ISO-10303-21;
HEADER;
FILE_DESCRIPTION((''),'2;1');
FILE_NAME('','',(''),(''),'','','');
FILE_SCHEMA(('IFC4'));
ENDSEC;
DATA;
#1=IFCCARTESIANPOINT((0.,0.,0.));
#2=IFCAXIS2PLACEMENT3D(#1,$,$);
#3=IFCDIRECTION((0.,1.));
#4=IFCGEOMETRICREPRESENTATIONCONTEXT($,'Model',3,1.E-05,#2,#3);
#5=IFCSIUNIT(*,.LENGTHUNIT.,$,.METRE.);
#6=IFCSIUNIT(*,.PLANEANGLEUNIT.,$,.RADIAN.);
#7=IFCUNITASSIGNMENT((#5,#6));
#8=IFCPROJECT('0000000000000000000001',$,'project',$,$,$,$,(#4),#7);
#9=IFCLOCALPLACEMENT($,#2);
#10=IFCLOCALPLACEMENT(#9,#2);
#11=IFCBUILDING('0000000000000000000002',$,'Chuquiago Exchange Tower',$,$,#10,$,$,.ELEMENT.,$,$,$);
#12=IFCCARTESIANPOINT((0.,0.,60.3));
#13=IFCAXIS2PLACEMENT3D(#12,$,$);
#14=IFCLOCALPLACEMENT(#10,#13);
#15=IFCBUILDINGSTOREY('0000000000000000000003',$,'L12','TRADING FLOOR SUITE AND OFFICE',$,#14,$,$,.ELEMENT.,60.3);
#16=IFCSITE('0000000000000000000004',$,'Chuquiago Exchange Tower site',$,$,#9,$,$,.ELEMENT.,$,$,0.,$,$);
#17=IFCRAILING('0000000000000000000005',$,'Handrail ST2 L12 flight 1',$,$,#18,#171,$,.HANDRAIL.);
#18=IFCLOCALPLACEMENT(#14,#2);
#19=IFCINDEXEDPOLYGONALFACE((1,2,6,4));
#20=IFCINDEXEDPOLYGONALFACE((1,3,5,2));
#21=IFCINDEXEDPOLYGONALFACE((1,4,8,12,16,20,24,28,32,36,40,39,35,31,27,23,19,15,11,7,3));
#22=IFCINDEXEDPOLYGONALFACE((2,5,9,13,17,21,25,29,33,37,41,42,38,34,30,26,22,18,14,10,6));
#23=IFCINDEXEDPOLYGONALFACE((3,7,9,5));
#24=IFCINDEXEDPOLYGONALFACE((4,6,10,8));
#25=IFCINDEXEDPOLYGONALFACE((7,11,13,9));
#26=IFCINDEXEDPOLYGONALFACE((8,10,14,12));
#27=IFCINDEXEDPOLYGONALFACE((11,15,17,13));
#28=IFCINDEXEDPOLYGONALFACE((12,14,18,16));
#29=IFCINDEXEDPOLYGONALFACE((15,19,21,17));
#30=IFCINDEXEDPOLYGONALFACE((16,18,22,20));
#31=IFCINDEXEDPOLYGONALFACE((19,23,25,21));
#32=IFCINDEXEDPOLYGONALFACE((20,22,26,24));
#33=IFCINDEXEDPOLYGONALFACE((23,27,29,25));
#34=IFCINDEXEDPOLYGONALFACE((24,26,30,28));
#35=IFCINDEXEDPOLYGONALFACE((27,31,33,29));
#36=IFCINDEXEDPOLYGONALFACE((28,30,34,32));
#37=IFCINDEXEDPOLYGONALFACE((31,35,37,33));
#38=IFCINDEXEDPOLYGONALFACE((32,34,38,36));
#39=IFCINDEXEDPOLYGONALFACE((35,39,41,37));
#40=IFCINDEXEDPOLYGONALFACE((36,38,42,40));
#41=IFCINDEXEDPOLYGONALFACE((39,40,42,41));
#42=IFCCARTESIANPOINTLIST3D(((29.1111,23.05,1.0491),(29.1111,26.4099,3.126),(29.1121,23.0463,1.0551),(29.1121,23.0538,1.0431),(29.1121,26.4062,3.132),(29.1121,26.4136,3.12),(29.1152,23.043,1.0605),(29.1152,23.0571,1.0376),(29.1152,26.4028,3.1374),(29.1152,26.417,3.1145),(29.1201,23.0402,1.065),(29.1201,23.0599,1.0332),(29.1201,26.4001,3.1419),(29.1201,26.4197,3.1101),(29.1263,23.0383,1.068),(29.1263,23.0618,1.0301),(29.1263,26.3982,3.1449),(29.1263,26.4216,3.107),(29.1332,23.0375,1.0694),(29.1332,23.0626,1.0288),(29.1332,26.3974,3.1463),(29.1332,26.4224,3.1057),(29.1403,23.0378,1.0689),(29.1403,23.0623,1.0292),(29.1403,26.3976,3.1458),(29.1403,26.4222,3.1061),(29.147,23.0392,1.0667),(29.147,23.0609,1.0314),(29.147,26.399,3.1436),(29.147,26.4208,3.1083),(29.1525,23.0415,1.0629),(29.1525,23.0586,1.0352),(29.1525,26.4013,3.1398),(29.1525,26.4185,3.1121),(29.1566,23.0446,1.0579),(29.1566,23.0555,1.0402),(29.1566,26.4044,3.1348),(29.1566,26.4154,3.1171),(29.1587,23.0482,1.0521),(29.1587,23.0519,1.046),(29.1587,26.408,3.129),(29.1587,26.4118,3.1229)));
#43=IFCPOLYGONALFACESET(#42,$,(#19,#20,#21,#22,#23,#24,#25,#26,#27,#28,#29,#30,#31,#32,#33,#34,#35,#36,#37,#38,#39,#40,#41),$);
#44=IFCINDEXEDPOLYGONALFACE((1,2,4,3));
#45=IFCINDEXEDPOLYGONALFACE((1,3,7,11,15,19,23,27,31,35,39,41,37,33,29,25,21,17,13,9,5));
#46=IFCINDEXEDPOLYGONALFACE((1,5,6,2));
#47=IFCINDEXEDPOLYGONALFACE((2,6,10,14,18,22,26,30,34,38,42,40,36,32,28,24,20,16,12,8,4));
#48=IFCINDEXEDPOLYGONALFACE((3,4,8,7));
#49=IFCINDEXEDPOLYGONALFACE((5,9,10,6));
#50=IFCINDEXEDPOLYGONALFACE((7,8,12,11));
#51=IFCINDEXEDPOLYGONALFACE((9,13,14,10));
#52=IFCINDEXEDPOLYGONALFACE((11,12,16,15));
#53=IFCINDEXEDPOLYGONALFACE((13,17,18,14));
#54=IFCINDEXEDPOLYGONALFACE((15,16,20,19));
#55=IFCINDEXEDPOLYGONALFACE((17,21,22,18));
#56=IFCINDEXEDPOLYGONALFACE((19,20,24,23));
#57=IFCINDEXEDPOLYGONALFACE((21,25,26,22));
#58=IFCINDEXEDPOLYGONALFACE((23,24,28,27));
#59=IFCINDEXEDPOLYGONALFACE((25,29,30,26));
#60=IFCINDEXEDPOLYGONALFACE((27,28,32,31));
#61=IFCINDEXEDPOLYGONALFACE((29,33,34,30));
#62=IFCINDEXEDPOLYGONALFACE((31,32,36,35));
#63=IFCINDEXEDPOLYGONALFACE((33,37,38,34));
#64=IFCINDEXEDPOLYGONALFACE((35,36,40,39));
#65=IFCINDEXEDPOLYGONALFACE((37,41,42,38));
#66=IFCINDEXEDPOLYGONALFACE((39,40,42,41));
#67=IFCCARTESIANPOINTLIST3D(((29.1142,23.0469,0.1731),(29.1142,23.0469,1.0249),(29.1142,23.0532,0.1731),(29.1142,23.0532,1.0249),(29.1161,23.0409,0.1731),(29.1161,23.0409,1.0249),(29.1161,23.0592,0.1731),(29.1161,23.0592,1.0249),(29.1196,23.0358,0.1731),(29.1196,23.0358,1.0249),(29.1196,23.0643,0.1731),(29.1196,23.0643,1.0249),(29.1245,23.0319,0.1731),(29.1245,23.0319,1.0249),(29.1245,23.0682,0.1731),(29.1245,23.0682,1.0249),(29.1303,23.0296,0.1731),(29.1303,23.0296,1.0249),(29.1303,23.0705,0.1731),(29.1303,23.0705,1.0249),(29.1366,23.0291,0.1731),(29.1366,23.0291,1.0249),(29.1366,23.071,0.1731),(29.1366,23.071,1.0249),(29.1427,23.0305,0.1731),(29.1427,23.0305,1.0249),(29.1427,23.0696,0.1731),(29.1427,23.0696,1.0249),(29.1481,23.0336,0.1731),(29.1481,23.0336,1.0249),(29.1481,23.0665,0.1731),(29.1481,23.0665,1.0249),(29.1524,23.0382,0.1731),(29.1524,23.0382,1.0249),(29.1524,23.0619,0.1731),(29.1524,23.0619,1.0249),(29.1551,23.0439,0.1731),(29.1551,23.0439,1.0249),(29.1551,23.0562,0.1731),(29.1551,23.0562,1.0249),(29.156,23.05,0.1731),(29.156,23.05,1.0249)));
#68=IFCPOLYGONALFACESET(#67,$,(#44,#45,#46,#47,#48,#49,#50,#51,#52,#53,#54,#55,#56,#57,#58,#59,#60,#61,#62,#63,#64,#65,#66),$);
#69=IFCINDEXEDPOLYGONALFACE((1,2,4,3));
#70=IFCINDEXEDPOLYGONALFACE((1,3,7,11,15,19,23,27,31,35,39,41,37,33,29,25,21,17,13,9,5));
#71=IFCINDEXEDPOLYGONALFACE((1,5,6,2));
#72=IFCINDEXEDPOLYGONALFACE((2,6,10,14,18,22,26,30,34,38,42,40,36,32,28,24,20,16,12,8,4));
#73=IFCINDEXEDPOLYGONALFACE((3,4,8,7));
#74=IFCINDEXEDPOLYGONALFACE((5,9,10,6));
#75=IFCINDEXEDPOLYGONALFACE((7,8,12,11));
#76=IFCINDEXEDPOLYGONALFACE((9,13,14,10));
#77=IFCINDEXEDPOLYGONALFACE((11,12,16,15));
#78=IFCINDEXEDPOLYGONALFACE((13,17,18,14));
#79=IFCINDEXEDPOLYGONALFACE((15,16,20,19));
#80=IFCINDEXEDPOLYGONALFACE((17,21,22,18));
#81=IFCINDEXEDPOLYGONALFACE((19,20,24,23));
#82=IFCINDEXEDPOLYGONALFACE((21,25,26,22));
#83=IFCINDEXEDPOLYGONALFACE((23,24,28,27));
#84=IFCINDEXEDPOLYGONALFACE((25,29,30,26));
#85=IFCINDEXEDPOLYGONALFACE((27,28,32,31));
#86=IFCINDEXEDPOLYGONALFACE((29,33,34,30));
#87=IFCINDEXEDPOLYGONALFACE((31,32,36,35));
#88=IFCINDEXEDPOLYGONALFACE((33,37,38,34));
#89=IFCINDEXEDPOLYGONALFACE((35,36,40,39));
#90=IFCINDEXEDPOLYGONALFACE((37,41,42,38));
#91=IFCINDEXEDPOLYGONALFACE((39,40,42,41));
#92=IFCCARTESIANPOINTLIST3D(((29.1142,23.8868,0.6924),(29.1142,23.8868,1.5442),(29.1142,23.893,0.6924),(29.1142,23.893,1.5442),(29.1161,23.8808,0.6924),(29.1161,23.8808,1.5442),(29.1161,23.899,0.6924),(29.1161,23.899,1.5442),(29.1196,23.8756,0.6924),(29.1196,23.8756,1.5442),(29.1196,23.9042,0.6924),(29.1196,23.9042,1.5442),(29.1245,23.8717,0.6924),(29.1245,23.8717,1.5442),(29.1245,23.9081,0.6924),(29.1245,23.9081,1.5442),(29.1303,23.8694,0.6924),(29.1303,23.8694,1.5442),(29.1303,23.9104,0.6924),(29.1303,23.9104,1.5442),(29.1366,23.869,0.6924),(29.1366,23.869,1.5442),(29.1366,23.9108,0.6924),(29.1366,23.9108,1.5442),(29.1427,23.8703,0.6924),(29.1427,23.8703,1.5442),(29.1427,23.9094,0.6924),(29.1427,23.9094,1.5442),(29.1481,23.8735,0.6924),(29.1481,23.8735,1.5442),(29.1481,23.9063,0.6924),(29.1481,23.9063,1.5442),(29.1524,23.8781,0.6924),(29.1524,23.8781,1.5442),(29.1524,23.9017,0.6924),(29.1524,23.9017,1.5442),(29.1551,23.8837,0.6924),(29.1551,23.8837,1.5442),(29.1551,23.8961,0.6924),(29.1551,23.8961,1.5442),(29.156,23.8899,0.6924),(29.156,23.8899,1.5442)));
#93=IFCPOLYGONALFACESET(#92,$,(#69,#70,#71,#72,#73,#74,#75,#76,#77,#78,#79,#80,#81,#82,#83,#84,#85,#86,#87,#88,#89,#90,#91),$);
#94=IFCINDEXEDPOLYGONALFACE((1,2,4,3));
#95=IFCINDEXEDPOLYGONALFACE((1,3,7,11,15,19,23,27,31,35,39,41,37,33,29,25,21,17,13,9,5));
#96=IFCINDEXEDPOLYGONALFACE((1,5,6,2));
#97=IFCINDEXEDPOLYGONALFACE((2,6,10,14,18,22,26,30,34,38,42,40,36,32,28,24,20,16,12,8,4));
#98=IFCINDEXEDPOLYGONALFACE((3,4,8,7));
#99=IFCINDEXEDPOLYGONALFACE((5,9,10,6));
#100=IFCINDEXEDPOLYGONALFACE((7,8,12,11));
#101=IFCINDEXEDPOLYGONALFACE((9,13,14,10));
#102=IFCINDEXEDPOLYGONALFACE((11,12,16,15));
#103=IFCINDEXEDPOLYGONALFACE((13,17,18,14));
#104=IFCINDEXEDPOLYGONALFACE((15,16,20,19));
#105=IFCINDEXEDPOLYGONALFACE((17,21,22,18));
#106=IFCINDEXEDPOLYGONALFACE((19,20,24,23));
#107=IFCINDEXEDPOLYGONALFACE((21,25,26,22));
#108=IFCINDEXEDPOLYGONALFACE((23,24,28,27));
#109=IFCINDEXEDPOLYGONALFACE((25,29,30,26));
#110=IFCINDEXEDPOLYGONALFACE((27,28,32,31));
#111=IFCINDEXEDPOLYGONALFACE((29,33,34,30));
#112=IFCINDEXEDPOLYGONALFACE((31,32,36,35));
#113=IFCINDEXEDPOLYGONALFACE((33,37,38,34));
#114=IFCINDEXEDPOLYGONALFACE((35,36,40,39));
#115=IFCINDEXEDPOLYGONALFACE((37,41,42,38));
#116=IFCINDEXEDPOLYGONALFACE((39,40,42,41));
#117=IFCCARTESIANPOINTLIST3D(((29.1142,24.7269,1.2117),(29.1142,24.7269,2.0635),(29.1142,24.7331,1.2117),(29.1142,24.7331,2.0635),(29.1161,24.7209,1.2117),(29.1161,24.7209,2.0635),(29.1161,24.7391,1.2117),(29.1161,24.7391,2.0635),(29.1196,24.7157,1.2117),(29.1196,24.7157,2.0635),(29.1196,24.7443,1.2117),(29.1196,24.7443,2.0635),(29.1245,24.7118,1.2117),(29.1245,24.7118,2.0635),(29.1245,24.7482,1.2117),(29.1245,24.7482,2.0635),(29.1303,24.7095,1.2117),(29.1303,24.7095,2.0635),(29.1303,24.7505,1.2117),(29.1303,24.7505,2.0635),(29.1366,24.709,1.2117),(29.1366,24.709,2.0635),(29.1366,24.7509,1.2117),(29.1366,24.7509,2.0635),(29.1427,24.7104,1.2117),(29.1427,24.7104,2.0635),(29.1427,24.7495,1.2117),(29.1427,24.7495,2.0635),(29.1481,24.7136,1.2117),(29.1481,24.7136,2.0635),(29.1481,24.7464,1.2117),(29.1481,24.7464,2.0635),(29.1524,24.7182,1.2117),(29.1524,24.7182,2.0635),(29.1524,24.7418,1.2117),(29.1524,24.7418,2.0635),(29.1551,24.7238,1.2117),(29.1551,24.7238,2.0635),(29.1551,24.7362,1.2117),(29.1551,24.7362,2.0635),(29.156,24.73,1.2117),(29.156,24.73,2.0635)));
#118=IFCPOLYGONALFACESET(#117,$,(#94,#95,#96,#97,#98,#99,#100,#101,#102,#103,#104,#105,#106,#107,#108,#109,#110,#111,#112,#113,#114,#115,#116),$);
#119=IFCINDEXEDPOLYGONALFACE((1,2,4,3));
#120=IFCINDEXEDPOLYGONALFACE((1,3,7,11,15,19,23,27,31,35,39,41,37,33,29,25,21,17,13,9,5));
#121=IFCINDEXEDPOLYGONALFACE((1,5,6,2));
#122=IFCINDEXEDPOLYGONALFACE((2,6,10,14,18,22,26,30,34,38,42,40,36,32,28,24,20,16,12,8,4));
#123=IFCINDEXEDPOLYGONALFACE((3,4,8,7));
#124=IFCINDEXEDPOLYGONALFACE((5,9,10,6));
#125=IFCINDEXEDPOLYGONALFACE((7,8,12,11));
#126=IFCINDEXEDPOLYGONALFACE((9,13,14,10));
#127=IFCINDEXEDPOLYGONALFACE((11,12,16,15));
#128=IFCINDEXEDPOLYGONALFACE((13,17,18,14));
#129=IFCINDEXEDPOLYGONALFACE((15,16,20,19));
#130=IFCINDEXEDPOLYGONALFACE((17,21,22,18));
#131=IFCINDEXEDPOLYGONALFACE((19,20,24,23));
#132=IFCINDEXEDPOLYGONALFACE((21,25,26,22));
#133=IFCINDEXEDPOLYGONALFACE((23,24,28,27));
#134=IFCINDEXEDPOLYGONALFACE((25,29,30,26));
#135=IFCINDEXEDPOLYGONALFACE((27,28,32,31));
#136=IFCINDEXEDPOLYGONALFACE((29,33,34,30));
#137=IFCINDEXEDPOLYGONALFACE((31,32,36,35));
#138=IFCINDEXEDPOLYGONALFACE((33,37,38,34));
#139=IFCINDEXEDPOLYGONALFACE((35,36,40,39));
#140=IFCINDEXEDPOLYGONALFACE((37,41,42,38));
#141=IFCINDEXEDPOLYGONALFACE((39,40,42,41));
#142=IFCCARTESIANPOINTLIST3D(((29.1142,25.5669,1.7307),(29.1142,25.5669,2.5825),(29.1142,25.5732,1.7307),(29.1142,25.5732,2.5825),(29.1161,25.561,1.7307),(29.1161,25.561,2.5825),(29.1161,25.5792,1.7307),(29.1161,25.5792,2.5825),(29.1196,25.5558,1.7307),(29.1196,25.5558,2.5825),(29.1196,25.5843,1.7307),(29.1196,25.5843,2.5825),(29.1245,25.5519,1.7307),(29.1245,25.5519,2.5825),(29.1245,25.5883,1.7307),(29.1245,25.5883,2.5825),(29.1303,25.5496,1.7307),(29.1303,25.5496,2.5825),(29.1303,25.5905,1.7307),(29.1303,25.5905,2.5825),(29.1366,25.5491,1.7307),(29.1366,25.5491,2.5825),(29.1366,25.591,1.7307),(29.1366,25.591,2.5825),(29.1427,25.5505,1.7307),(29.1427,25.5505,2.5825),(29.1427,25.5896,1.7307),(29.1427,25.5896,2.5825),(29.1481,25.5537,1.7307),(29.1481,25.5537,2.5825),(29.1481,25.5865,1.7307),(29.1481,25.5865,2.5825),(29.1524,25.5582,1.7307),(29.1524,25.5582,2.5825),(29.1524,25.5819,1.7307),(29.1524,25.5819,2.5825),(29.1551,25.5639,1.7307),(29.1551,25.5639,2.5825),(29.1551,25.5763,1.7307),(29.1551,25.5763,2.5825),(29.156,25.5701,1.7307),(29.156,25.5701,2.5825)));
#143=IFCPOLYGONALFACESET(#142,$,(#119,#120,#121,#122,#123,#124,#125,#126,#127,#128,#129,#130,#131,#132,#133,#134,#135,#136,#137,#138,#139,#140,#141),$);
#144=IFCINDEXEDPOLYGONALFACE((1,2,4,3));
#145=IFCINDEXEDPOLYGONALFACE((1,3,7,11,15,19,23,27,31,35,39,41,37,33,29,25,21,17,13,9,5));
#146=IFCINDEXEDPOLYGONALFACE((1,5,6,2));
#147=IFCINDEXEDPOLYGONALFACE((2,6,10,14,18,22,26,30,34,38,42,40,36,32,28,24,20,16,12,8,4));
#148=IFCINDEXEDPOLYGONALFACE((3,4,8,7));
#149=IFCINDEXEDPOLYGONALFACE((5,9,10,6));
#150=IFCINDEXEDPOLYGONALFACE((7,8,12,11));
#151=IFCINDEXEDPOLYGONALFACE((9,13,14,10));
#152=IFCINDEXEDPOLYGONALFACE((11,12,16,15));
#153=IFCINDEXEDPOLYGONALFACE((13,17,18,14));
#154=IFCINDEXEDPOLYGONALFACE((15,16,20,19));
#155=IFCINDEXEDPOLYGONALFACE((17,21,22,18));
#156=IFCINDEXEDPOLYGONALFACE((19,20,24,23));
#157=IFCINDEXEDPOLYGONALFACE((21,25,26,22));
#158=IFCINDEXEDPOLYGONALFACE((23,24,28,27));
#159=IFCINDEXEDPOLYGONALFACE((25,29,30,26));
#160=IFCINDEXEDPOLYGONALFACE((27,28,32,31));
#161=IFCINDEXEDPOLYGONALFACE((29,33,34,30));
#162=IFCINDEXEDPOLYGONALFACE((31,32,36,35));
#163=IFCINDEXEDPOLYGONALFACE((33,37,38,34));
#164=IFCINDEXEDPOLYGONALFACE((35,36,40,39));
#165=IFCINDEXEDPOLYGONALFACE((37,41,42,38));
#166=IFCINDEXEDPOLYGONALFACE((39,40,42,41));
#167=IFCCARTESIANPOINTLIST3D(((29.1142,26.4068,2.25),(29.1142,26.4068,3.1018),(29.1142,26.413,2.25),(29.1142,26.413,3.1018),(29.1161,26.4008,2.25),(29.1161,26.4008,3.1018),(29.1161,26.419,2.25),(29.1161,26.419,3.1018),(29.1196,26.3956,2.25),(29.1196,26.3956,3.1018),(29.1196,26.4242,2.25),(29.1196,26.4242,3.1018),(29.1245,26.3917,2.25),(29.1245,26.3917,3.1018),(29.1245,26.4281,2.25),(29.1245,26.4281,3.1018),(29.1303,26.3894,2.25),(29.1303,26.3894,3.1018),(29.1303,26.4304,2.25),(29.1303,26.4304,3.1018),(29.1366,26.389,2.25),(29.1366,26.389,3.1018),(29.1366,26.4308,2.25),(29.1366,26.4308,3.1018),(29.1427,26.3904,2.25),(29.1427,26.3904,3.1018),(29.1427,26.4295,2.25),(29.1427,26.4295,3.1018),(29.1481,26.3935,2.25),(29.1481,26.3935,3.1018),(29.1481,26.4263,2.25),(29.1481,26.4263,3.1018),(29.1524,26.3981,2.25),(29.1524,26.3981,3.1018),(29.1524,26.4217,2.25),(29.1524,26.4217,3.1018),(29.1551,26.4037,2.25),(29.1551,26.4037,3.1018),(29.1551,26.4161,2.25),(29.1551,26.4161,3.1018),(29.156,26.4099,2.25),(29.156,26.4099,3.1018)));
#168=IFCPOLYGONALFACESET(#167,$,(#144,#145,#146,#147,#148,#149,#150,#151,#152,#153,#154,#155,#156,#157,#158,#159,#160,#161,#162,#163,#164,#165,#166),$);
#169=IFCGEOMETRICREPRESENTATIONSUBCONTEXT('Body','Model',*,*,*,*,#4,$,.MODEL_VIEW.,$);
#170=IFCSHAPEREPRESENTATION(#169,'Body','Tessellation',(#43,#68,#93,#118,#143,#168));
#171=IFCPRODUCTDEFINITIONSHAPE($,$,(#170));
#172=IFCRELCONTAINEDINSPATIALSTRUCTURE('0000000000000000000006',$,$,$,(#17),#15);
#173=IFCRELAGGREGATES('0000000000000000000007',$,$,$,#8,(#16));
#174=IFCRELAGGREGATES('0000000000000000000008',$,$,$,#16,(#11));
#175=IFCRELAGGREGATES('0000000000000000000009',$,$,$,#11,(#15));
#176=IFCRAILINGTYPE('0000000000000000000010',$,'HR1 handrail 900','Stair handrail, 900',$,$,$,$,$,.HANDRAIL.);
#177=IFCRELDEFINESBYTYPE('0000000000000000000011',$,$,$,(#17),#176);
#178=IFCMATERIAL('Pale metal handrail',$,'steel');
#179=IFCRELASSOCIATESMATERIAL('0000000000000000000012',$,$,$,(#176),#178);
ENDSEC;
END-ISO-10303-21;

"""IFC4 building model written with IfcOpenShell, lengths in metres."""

from ifc_helpers import new_model, si_unit, direction, frame, origin, origin_2d, place, context, subcontext, project, spatial, circle, extrude, material, type_object, element, save


model = new_model("IFC4")

# Units and contexts
model_context = context("Model", 3, precision=1e-05, world=origin(), true_north=direction((0.0, 1.0)))
body_context = subcontext(model_context, "Body", "Model", "MODEL_VIEW")
ifc_project = project(units=[si_unit("LENGTHUNIT", "METRE"), si_unit("PLANEANGLEUNIT", "RADIAN")], contexts=[model_context])

# Site, building, storey
site_placement = place(None, origin())
site = spatial("IfcSite", under=ifc_project, at=site_placement, Name="Chuquiago Exchange Tower site", CompositionType="ELEMENT", RefElevation=0.0)
building_placement = place(site_placement, origin())
building = spatial("IfcBuilding", under=site, at=building_placement, Name="Chuquiago Exchange Tower", CompositionType="ELEMENT")
storey_placement = place(building_placement, frame((0.0, 0.0, 60.3)))
storey = spatial("IfcBuildingStorey", under=building, at=storey_placement, Name="L12", Description="TRADING FLOOR SUITE AND OFFICE", CompositionType="ELEMENT", Elevation=60.3)

# Railing
ifc_material_1 = material(Name="Pale metal handrail", Category="steel")
railing_type_1 = type_object("IfcRailingType", Name="HR1 handrail 900", Description="Stair handrail, 900", PredefinedType="HANDRAIL", material=ifc_material_1)
for number, where, name in (
    (1, (29.135, 23.05, 0.1731), "Handrail ST2 L12 flight 1"),
):
    element("IfcRailing", number, at=place(storey_placement, frame(where)), inside=storey, type_object=railing_type_1, Name=name, PredefinedType="HANDRAIL", context=body_context, shape_type="SweptSolid", body=[
        extrude(circle(Radius=0.0239, at=origin_2d()), frame((0.0, 0.0, 0.876), z_axis=(0.0, 0.850606, 0.525803), x_axis=(-1.0, 0.0, 0.0)), (0.0, 0.0, 1.0), 3.95),
        extrude(circle(Radius=0.021, at=origin_2d()), origin(), (0.0, 0.0, 1.0), 0.8518),
        extrude(circle(Radius=0.021, at=origin_2d()), frame((0.0, 0.8398, 0.5193)), (0.0, 0.0, 1.0), 0.8518),
        extrude(circle(Radius=0.021, at=origin_2d()), frame((0.0, 1.6799, 1.0386)), (0.0, 0.0, 1.0), 0.8518),
        extrude(circle(Radius=0.021, at=origin_2d()), frame((0.0, 2.52, 1.5576)), (0.0, 0.0, 1.0), 0.8518),
        extrude(circle(Radius=0.021, at=origin_2d()), frame((0.0, 3.3599, 2.0769)), (0.0, 0.0, 1.0), 0.8518),
    ])

save(model, "model.ifc")
